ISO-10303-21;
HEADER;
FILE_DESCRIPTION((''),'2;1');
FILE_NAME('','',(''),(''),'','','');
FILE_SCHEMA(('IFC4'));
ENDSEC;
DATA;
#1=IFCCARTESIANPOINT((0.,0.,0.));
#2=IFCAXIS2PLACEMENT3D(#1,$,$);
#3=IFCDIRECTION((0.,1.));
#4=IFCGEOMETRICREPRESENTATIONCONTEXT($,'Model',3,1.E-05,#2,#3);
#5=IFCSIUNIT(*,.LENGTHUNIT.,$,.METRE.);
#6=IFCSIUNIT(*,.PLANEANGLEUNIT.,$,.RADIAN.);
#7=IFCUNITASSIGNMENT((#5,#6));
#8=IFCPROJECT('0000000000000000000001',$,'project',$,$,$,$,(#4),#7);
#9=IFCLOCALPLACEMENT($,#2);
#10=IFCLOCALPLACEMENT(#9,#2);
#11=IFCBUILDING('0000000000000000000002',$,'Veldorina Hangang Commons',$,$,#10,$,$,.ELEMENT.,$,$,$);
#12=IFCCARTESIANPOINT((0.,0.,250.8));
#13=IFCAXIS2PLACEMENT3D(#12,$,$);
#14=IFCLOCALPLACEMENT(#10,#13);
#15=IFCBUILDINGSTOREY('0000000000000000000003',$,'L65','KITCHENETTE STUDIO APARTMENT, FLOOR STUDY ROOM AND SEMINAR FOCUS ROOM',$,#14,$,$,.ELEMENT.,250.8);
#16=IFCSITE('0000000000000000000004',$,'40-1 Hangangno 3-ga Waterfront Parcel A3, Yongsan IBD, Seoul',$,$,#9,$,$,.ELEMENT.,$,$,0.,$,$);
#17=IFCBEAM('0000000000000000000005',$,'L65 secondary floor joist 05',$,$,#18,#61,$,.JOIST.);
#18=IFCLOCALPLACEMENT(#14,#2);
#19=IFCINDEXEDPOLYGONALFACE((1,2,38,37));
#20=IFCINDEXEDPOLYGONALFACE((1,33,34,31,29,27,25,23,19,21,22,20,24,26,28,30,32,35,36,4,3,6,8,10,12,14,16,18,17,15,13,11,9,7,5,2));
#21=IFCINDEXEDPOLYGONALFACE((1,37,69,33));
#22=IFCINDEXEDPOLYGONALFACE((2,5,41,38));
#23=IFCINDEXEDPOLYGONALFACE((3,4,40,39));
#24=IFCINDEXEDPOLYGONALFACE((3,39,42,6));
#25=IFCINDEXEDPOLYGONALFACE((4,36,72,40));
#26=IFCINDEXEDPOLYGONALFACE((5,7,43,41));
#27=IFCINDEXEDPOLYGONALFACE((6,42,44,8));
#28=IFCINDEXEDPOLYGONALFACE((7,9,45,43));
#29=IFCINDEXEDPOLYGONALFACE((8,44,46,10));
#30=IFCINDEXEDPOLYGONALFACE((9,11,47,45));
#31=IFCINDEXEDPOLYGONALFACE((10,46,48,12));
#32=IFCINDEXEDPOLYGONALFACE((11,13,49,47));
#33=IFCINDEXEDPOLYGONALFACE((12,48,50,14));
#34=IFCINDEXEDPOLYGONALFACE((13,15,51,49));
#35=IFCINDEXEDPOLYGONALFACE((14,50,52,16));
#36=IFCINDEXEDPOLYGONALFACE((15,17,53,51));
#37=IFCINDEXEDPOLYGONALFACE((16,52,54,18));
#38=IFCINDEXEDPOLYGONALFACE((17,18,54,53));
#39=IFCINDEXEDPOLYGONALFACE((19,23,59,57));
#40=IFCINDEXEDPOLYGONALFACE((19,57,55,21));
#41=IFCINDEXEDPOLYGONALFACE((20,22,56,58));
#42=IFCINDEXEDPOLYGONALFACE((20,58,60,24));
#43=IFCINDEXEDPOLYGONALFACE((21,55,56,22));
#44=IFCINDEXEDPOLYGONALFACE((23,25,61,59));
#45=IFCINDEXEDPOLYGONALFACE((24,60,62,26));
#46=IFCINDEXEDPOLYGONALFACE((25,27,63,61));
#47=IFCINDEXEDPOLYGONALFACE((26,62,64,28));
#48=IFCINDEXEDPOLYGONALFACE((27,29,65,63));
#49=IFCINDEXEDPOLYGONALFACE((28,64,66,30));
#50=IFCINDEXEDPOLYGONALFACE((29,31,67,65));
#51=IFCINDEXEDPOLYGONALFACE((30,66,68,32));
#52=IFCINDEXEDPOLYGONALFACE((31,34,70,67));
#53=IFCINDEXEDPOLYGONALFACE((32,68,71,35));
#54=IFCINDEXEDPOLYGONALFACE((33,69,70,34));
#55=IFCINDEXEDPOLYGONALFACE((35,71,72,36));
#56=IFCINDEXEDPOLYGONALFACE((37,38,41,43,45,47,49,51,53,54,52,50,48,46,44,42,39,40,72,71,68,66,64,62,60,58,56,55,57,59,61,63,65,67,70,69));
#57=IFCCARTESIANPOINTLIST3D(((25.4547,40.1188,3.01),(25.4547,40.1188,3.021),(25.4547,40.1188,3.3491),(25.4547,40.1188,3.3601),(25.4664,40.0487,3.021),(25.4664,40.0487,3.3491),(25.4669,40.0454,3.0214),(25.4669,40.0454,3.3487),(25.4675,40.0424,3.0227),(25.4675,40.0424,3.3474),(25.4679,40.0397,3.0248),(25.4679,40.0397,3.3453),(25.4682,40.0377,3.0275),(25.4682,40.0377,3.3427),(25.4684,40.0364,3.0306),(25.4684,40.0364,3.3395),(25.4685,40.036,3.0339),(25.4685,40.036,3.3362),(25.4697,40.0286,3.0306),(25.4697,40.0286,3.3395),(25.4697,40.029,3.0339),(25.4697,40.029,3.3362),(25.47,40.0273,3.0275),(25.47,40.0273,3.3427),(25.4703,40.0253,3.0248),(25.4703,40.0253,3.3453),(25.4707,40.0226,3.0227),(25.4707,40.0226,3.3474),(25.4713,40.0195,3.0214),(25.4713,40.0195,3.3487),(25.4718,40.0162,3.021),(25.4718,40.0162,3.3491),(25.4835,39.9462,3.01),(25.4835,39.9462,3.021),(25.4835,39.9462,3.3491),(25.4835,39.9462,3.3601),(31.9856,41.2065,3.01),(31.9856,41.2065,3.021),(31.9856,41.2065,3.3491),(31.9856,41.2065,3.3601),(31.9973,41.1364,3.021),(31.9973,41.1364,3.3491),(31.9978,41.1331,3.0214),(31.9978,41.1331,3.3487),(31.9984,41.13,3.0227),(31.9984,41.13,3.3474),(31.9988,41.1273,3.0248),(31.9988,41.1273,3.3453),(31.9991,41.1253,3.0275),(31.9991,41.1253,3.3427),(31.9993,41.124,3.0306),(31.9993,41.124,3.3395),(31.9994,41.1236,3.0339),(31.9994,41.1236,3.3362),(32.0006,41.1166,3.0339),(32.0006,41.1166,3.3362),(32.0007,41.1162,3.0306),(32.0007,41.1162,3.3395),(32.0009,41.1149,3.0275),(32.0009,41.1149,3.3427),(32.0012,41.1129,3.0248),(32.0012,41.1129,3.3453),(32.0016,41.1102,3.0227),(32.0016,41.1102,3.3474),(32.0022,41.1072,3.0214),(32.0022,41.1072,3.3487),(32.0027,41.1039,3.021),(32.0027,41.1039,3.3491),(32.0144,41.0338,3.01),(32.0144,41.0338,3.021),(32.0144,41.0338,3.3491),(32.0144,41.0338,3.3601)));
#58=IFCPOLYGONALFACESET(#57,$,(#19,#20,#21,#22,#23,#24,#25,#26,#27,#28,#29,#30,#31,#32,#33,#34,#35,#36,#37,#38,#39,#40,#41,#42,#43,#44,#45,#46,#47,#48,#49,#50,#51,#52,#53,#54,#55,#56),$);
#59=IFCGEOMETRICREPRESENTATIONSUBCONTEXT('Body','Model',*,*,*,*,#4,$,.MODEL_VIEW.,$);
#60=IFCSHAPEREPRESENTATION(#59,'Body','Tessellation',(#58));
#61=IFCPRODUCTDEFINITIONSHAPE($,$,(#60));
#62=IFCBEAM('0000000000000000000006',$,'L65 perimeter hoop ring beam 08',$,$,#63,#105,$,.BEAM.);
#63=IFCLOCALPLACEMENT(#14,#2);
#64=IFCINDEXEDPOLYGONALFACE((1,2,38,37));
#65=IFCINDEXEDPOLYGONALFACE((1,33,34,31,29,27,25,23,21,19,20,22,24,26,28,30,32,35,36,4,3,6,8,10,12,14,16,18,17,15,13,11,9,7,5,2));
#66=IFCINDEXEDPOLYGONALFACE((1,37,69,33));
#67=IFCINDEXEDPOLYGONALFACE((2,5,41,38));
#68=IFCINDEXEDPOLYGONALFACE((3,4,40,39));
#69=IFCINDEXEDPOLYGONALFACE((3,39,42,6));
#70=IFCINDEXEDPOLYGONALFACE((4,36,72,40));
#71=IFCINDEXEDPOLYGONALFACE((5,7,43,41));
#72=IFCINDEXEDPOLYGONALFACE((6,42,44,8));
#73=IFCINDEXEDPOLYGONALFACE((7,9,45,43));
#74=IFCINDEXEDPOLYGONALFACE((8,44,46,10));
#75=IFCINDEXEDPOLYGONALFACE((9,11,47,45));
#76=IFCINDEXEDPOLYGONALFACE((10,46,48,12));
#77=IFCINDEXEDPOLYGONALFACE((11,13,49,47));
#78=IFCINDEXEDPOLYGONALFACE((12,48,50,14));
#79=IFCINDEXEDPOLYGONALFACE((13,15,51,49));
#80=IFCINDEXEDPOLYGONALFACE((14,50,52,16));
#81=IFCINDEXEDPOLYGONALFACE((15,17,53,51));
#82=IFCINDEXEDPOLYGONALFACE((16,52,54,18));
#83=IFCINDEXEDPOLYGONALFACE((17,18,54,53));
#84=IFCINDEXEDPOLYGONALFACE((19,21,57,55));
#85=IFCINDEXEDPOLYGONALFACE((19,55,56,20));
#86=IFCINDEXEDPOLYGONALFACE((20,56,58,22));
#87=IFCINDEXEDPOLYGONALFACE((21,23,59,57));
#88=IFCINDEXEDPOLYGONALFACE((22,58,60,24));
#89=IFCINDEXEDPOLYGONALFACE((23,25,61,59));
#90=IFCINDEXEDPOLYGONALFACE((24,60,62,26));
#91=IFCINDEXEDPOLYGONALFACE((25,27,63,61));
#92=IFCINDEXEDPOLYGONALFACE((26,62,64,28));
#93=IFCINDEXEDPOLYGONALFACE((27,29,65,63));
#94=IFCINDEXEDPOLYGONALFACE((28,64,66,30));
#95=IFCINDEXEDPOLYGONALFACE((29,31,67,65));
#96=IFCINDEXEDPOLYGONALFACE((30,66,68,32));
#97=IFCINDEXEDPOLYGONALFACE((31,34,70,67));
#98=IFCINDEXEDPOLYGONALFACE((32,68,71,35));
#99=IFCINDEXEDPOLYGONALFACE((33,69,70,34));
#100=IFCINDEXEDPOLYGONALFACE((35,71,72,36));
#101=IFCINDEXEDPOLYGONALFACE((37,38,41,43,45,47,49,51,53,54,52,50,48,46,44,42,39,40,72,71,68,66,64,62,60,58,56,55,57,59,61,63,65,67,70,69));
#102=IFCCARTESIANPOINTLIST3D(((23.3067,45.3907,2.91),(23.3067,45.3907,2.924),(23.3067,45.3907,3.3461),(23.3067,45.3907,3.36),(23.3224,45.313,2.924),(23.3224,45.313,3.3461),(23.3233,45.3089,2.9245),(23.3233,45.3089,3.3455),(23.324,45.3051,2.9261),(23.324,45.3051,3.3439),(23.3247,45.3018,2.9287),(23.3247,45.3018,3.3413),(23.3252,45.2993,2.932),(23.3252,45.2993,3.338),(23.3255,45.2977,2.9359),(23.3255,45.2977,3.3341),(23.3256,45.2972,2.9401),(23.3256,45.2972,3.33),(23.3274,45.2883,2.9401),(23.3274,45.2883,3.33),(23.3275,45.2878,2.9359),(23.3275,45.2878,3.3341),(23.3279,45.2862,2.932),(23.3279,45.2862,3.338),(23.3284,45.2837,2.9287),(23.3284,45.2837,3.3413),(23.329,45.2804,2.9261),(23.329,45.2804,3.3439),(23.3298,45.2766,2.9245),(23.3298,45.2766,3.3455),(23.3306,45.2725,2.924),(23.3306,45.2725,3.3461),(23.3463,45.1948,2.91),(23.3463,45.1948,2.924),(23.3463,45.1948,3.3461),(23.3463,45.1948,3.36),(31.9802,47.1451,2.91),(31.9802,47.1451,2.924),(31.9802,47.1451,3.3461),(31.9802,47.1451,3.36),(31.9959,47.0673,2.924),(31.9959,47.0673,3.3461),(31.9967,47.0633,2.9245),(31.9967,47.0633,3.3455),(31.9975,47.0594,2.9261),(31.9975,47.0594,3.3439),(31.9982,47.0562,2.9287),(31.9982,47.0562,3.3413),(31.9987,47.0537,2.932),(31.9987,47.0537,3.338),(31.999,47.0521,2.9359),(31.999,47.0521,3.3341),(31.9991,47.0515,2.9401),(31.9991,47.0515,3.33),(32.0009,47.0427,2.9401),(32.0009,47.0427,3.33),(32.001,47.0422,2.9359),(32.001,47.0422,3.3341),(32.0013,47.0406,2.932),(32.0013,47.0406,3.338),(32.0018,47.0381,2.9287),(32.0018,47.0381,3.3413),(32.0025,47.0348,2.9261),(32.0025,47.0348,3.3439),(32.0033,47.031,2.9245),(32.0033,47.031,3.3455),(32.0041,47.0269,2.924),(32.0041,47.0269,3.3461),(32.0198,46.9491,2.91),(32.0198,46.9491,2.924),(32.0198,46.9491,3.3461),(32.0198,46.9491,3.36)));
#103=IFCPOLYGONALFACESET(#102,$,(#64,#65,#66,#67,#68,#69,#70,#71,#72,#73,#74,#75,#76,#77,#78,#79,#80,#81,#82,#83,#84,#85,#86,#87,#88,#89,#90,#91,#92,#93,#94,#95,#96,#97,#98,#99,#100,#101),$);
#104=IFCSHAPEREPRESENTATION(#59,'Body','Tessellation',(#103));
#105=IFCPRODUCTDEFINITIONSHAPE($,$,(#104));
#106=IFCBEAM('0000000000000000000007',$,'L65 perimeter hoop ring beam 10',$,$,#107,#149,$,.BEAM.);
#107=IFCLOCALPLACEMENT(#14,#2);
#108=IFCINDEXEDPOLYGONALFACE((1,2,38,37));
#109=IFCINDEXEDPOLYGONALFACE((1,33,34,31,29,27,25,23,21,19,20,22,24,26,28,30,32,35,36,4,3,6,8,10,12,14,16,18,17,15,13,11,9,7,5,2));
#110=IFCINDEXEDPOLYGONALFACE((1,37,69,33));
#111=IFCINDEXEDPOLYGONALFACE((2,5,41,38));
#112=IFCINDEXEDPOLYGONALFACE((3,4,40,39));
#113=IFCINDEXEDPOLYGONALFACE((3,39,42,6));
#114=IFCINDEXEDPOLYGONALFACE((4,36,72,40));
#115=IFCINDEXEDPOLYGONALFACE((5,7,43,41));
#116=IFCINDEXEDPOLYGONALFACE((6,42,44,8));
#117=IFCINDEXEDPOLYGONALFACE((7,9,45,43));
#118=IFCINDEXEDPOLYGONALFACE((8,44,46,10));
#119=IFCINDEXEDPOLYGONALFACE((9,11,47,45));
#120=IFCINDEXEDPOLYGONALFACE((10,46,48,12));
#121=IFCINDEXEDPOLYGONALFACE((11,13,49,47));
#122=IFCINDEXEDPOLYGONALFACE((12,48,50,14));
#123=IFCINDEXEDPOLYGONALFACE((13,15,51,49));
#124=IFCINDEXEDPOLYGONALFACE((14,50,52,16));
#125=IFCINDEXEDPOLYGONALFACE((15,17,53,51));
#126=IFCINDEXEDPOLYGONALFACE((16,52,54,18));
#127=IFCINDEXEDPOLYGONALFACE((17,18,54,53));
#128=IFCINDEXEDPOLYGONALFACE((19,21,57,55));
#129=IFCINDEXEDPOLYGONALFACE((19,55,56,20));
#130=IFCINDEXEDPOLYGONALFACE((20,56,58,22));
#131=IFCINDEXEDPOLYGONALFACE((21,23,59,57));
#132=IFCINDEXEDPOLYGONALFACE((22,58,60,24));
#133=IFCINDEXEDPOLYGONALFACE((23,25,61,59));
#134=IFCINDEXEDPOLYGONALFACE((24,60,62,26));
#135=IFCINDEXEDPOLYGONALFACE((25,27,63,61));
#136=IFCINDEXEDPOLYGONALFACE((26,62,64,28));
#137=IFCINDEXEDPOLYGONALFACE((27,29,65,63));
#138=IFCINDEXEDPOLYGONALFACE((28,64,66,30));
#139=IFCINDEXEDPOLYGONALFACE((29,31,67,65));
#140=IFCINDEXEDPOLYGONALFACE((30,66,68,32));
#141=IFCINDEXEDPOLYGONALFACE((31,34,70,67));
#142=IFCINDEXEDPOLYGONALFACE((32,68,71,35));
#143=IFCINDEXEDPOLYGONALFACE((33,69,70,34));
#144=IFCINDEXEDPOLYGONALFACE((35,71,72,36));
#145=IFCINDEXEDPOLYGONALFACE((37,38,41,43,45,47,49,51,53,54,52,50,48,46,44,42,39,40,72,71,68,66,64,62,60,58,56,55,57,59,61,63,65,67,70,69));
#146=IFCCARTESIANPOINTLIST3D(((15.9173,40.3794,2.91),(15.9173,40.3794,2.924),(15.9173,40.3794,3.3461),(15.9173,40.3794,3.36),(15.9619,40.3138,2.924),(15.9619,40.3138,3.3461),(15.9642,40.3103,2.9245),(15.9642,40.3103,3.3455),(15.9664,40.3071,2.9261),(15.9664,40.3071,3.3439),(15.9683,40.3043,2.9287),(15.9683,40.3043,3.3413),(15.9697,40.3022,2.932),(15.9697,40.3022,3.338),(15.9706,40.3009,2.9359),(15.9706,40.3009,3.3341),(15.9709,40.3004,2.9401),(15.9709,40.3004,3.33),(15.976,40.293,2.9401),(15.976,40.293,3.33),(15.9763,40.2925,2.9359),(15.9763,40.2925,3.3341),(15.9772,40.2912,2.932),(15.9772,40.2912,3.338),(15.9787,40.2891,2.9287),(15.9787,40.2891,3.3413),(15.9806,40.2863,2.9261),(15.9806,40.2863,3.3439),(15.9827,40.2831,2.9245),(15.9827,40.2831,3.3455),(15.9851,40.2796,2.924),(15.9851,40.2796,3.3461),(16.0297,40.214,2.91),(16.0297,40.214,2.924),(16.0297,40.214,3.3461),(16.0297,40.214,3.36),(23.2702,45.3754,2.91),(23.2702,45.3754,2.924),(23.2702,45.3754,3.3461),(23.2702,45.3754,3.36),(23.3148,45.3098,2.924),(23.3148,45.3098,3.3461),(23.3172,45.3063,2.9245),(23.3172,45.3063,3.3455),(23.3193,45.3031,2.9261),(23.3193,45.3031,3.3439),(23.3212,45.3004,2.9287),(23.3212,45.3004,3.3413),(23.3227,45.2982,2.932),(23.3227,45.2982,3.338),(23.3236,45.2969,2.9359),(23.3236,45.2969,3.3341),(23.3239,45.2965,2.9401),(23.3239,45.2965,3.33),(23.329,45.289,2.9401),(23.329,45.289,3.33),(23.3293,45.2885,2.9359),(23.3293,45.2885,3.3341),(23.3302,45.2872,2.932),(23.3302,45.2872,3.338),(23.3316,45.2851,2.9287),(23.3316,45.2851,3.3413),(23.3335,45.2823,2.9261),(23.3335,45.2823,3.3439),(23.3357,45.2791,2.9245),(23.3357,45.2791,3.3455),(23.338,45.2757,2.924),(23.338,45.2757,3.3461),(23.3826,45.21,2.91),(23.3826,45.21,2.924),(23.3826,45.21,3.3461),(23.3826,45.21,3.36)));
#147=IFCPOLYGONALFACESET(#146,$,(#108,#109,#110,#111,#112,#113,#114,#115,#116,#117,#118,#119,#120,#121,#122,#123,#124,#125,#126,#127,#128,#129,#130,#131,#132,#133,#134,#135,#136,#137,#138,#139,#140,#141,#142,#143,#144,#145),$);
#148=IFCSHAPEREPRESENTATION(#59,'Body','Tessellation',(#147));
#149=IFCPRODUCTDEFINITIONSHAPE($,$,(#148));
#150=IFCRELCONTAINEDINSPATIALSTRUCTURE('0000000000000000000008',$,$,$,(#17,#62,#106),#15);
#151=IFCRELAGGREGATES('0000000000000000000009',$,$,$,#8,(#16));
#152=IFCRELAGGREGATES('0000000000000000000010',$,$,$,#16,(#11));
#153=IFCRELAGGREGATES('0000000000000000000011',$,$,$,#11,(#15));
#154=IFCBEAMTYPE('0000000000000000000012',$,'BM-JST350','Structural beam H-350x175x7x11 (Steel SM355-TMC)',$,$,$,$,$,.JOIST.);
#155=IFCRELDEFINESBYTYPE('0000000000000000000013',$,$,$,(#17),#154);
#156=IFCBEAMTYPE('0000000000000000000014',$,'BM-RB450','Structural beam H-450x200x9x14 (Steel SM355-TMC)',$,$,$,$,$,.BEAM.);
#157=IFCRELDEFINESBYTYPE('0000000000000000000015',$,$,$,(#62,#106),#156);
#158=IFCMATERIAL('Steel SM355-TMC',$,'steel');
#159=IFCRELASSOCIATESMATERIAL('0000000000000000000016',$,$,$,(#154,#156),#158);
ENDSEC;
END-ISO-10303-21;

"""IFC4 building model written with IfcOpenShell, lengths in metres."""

from ifc_helpers import new_model, si_unit, direction, frame, origin, origin_2d, place, context, subcontext, project, spatial, i_section, extrude, material, material_profile, profile_set, type_object, element, save


model = new_model("IFC4")

# Units and contexts
model_context = context("Model", 3, precision=1e-05, world=origin(), true_north=direction((0.0, 1.0)))
body_context = subcontext(model_context, "Body", "Model", "MODEL_VIEW")
ifc_project = project(units=[si_unit("LENGTHUNIT", "METRE"), si_unit("PLANEANGLEUNIT", "RADIAN")], contexts=[model_context])

# Site, building, storey
site_placement = place(None, origin())
site = spatial("IfcSite", under=ifc_project, at=site_placement, Name="40-1 Hangangno 3-ga Waterfront Parcel A3, Yongsan IBD, Seoul", CompositionType="ELEMENT", RefElevation=0.0)
building_placement = place(site_placement, origin())
building = spatial("IfcBuilding", under=site, at=building_placement, Name="Veldorina Hangang Commons", CompositionType="ELEMENT")
storey_placement = place(building_placement, frame((0.0, 0.0, 250.8)))
storey = spatial("IfcBuildingStorey", under=building, at=storey_placement, Name="L65", Description="KITCHENETTE STUDIO APARTMENT, FLOOR STUDY ROOM AND SEMINAR FOCUS ROOM", CompositionType="ELEMENT", Elevation=250.8)

# Beams
ifc_material_1 = material(Name="Steel SM355-TMC", Category="steel")
ifc_material_profile_1 = material_profile(ifc_material_1, i_section(OverallWidth=0.175, OverallDepth=0.3501, WebThickness=0.0071, FlangeThickness=0.011, FilletRadius=0.0129, at=origin_2d()), Name="H-350x175x7x11")
ifc_profile_set_1 = profile_set([ifc_material_profile_1], Name="Steel SM355-TMC")
beam_type_1 = type_object("IfcBeamType", Name="BM-JST350", Description="Structural beam H-350x175x7x11 (Steel SM355-TMC)", PredefinedType="JOIST", material=ifc_profile_set_1)
beam_1_placement = place(storey_placement, frame((32.0, 41.1201, 3.1851), z_axis=(-0.986415, -0.164273, 0.0), x_axis=(0.164273, -0.986415, 0.0)))
element("IfcBeam", 1, at=beam_1_placement, inside=storey, type_object=beam_type_1, Name="L65 secondary floor joist 05", PredefinedType="JOIST", context=body_context, shape_type="SweptSolid", body=[
    extrude(i_section(OverallWidth=0.175, OverallDepth=0.3501, WebThickness=0.0071, FlangeThickness=0.011, FilletRadius=0.0129, at=origin_2d()), origin(), (0.0, 0.0, 1.0), 6.6208),
])
ifc_material_profile_2 = material_profile(ifc_material_1, i_section(OverallWidth=0.2, OverallDepth=0.45, WebThickness=0.009, FlangeThickness=0.0139, FilletRadius=0.0161, at=origin_2d()), Name="H-450x200x9x14")
ifc_profile_set_2 = profile_set([ifc_material_profile_2], Name="Steel SM355-TMC")
beam_type_2 = type_object("IfcBeamType", Name="BM-RB450", Description="Structural beam H-450x200x9x14 (Steel SM355-TMC)", PredefinedType="BEAM", material=ifc_profile_set_2)
beam_2_placement = place(storey_placement, frame((32.0, 47.0471, 3.135), z_axis=(-0.980151, -0.198254, 0.0), x_axis=(0.198254, -0.980151, 0.0)))
element("IfcBeam", 2, at=beam_2_placement, inside=storey, type_object=beam_type_2, Name="L65 perimeter hoop ring beam 08", PredefinedType="BEAM", context=body_context, shape_type="SweptSolid", body=[
    extrude(i_section(OverallWidth=0.2, OverallDepth=0.45, WebThickness=0.009, FlangeThickness=0.0139, FilletRadius=0.0161, at=origin_2d()), origin(), (0.0, 0.0, 1.0), 8.8491),
])
beam_3_placement = place(storey_placement, frame((23.3264, 45.2927, 3.135), z_axis=(-0.827134, -0.562005, 0.0), x_axis=(0.562005, -0.827134, 0.0)))
element("IfcBeam", 3, at=beam_3_placement, inside=storey, type_object=beam_type_2, Name="L65 perimeter hoop ring beam 10", PredefinedType="BEAM", context=body_context, shape_type="SweptSolid", body=[
    extrude(i_section(OverallWidth=0.2, OverallDepth=0.45, WebThickness=0.009, FlangeThickness=0.0139, FilletRadius=0.0161, at=origin_2d()), origin(), (0.0, 0.0, 1.0), 8.8896),
])

save(model, "model.ifc")
